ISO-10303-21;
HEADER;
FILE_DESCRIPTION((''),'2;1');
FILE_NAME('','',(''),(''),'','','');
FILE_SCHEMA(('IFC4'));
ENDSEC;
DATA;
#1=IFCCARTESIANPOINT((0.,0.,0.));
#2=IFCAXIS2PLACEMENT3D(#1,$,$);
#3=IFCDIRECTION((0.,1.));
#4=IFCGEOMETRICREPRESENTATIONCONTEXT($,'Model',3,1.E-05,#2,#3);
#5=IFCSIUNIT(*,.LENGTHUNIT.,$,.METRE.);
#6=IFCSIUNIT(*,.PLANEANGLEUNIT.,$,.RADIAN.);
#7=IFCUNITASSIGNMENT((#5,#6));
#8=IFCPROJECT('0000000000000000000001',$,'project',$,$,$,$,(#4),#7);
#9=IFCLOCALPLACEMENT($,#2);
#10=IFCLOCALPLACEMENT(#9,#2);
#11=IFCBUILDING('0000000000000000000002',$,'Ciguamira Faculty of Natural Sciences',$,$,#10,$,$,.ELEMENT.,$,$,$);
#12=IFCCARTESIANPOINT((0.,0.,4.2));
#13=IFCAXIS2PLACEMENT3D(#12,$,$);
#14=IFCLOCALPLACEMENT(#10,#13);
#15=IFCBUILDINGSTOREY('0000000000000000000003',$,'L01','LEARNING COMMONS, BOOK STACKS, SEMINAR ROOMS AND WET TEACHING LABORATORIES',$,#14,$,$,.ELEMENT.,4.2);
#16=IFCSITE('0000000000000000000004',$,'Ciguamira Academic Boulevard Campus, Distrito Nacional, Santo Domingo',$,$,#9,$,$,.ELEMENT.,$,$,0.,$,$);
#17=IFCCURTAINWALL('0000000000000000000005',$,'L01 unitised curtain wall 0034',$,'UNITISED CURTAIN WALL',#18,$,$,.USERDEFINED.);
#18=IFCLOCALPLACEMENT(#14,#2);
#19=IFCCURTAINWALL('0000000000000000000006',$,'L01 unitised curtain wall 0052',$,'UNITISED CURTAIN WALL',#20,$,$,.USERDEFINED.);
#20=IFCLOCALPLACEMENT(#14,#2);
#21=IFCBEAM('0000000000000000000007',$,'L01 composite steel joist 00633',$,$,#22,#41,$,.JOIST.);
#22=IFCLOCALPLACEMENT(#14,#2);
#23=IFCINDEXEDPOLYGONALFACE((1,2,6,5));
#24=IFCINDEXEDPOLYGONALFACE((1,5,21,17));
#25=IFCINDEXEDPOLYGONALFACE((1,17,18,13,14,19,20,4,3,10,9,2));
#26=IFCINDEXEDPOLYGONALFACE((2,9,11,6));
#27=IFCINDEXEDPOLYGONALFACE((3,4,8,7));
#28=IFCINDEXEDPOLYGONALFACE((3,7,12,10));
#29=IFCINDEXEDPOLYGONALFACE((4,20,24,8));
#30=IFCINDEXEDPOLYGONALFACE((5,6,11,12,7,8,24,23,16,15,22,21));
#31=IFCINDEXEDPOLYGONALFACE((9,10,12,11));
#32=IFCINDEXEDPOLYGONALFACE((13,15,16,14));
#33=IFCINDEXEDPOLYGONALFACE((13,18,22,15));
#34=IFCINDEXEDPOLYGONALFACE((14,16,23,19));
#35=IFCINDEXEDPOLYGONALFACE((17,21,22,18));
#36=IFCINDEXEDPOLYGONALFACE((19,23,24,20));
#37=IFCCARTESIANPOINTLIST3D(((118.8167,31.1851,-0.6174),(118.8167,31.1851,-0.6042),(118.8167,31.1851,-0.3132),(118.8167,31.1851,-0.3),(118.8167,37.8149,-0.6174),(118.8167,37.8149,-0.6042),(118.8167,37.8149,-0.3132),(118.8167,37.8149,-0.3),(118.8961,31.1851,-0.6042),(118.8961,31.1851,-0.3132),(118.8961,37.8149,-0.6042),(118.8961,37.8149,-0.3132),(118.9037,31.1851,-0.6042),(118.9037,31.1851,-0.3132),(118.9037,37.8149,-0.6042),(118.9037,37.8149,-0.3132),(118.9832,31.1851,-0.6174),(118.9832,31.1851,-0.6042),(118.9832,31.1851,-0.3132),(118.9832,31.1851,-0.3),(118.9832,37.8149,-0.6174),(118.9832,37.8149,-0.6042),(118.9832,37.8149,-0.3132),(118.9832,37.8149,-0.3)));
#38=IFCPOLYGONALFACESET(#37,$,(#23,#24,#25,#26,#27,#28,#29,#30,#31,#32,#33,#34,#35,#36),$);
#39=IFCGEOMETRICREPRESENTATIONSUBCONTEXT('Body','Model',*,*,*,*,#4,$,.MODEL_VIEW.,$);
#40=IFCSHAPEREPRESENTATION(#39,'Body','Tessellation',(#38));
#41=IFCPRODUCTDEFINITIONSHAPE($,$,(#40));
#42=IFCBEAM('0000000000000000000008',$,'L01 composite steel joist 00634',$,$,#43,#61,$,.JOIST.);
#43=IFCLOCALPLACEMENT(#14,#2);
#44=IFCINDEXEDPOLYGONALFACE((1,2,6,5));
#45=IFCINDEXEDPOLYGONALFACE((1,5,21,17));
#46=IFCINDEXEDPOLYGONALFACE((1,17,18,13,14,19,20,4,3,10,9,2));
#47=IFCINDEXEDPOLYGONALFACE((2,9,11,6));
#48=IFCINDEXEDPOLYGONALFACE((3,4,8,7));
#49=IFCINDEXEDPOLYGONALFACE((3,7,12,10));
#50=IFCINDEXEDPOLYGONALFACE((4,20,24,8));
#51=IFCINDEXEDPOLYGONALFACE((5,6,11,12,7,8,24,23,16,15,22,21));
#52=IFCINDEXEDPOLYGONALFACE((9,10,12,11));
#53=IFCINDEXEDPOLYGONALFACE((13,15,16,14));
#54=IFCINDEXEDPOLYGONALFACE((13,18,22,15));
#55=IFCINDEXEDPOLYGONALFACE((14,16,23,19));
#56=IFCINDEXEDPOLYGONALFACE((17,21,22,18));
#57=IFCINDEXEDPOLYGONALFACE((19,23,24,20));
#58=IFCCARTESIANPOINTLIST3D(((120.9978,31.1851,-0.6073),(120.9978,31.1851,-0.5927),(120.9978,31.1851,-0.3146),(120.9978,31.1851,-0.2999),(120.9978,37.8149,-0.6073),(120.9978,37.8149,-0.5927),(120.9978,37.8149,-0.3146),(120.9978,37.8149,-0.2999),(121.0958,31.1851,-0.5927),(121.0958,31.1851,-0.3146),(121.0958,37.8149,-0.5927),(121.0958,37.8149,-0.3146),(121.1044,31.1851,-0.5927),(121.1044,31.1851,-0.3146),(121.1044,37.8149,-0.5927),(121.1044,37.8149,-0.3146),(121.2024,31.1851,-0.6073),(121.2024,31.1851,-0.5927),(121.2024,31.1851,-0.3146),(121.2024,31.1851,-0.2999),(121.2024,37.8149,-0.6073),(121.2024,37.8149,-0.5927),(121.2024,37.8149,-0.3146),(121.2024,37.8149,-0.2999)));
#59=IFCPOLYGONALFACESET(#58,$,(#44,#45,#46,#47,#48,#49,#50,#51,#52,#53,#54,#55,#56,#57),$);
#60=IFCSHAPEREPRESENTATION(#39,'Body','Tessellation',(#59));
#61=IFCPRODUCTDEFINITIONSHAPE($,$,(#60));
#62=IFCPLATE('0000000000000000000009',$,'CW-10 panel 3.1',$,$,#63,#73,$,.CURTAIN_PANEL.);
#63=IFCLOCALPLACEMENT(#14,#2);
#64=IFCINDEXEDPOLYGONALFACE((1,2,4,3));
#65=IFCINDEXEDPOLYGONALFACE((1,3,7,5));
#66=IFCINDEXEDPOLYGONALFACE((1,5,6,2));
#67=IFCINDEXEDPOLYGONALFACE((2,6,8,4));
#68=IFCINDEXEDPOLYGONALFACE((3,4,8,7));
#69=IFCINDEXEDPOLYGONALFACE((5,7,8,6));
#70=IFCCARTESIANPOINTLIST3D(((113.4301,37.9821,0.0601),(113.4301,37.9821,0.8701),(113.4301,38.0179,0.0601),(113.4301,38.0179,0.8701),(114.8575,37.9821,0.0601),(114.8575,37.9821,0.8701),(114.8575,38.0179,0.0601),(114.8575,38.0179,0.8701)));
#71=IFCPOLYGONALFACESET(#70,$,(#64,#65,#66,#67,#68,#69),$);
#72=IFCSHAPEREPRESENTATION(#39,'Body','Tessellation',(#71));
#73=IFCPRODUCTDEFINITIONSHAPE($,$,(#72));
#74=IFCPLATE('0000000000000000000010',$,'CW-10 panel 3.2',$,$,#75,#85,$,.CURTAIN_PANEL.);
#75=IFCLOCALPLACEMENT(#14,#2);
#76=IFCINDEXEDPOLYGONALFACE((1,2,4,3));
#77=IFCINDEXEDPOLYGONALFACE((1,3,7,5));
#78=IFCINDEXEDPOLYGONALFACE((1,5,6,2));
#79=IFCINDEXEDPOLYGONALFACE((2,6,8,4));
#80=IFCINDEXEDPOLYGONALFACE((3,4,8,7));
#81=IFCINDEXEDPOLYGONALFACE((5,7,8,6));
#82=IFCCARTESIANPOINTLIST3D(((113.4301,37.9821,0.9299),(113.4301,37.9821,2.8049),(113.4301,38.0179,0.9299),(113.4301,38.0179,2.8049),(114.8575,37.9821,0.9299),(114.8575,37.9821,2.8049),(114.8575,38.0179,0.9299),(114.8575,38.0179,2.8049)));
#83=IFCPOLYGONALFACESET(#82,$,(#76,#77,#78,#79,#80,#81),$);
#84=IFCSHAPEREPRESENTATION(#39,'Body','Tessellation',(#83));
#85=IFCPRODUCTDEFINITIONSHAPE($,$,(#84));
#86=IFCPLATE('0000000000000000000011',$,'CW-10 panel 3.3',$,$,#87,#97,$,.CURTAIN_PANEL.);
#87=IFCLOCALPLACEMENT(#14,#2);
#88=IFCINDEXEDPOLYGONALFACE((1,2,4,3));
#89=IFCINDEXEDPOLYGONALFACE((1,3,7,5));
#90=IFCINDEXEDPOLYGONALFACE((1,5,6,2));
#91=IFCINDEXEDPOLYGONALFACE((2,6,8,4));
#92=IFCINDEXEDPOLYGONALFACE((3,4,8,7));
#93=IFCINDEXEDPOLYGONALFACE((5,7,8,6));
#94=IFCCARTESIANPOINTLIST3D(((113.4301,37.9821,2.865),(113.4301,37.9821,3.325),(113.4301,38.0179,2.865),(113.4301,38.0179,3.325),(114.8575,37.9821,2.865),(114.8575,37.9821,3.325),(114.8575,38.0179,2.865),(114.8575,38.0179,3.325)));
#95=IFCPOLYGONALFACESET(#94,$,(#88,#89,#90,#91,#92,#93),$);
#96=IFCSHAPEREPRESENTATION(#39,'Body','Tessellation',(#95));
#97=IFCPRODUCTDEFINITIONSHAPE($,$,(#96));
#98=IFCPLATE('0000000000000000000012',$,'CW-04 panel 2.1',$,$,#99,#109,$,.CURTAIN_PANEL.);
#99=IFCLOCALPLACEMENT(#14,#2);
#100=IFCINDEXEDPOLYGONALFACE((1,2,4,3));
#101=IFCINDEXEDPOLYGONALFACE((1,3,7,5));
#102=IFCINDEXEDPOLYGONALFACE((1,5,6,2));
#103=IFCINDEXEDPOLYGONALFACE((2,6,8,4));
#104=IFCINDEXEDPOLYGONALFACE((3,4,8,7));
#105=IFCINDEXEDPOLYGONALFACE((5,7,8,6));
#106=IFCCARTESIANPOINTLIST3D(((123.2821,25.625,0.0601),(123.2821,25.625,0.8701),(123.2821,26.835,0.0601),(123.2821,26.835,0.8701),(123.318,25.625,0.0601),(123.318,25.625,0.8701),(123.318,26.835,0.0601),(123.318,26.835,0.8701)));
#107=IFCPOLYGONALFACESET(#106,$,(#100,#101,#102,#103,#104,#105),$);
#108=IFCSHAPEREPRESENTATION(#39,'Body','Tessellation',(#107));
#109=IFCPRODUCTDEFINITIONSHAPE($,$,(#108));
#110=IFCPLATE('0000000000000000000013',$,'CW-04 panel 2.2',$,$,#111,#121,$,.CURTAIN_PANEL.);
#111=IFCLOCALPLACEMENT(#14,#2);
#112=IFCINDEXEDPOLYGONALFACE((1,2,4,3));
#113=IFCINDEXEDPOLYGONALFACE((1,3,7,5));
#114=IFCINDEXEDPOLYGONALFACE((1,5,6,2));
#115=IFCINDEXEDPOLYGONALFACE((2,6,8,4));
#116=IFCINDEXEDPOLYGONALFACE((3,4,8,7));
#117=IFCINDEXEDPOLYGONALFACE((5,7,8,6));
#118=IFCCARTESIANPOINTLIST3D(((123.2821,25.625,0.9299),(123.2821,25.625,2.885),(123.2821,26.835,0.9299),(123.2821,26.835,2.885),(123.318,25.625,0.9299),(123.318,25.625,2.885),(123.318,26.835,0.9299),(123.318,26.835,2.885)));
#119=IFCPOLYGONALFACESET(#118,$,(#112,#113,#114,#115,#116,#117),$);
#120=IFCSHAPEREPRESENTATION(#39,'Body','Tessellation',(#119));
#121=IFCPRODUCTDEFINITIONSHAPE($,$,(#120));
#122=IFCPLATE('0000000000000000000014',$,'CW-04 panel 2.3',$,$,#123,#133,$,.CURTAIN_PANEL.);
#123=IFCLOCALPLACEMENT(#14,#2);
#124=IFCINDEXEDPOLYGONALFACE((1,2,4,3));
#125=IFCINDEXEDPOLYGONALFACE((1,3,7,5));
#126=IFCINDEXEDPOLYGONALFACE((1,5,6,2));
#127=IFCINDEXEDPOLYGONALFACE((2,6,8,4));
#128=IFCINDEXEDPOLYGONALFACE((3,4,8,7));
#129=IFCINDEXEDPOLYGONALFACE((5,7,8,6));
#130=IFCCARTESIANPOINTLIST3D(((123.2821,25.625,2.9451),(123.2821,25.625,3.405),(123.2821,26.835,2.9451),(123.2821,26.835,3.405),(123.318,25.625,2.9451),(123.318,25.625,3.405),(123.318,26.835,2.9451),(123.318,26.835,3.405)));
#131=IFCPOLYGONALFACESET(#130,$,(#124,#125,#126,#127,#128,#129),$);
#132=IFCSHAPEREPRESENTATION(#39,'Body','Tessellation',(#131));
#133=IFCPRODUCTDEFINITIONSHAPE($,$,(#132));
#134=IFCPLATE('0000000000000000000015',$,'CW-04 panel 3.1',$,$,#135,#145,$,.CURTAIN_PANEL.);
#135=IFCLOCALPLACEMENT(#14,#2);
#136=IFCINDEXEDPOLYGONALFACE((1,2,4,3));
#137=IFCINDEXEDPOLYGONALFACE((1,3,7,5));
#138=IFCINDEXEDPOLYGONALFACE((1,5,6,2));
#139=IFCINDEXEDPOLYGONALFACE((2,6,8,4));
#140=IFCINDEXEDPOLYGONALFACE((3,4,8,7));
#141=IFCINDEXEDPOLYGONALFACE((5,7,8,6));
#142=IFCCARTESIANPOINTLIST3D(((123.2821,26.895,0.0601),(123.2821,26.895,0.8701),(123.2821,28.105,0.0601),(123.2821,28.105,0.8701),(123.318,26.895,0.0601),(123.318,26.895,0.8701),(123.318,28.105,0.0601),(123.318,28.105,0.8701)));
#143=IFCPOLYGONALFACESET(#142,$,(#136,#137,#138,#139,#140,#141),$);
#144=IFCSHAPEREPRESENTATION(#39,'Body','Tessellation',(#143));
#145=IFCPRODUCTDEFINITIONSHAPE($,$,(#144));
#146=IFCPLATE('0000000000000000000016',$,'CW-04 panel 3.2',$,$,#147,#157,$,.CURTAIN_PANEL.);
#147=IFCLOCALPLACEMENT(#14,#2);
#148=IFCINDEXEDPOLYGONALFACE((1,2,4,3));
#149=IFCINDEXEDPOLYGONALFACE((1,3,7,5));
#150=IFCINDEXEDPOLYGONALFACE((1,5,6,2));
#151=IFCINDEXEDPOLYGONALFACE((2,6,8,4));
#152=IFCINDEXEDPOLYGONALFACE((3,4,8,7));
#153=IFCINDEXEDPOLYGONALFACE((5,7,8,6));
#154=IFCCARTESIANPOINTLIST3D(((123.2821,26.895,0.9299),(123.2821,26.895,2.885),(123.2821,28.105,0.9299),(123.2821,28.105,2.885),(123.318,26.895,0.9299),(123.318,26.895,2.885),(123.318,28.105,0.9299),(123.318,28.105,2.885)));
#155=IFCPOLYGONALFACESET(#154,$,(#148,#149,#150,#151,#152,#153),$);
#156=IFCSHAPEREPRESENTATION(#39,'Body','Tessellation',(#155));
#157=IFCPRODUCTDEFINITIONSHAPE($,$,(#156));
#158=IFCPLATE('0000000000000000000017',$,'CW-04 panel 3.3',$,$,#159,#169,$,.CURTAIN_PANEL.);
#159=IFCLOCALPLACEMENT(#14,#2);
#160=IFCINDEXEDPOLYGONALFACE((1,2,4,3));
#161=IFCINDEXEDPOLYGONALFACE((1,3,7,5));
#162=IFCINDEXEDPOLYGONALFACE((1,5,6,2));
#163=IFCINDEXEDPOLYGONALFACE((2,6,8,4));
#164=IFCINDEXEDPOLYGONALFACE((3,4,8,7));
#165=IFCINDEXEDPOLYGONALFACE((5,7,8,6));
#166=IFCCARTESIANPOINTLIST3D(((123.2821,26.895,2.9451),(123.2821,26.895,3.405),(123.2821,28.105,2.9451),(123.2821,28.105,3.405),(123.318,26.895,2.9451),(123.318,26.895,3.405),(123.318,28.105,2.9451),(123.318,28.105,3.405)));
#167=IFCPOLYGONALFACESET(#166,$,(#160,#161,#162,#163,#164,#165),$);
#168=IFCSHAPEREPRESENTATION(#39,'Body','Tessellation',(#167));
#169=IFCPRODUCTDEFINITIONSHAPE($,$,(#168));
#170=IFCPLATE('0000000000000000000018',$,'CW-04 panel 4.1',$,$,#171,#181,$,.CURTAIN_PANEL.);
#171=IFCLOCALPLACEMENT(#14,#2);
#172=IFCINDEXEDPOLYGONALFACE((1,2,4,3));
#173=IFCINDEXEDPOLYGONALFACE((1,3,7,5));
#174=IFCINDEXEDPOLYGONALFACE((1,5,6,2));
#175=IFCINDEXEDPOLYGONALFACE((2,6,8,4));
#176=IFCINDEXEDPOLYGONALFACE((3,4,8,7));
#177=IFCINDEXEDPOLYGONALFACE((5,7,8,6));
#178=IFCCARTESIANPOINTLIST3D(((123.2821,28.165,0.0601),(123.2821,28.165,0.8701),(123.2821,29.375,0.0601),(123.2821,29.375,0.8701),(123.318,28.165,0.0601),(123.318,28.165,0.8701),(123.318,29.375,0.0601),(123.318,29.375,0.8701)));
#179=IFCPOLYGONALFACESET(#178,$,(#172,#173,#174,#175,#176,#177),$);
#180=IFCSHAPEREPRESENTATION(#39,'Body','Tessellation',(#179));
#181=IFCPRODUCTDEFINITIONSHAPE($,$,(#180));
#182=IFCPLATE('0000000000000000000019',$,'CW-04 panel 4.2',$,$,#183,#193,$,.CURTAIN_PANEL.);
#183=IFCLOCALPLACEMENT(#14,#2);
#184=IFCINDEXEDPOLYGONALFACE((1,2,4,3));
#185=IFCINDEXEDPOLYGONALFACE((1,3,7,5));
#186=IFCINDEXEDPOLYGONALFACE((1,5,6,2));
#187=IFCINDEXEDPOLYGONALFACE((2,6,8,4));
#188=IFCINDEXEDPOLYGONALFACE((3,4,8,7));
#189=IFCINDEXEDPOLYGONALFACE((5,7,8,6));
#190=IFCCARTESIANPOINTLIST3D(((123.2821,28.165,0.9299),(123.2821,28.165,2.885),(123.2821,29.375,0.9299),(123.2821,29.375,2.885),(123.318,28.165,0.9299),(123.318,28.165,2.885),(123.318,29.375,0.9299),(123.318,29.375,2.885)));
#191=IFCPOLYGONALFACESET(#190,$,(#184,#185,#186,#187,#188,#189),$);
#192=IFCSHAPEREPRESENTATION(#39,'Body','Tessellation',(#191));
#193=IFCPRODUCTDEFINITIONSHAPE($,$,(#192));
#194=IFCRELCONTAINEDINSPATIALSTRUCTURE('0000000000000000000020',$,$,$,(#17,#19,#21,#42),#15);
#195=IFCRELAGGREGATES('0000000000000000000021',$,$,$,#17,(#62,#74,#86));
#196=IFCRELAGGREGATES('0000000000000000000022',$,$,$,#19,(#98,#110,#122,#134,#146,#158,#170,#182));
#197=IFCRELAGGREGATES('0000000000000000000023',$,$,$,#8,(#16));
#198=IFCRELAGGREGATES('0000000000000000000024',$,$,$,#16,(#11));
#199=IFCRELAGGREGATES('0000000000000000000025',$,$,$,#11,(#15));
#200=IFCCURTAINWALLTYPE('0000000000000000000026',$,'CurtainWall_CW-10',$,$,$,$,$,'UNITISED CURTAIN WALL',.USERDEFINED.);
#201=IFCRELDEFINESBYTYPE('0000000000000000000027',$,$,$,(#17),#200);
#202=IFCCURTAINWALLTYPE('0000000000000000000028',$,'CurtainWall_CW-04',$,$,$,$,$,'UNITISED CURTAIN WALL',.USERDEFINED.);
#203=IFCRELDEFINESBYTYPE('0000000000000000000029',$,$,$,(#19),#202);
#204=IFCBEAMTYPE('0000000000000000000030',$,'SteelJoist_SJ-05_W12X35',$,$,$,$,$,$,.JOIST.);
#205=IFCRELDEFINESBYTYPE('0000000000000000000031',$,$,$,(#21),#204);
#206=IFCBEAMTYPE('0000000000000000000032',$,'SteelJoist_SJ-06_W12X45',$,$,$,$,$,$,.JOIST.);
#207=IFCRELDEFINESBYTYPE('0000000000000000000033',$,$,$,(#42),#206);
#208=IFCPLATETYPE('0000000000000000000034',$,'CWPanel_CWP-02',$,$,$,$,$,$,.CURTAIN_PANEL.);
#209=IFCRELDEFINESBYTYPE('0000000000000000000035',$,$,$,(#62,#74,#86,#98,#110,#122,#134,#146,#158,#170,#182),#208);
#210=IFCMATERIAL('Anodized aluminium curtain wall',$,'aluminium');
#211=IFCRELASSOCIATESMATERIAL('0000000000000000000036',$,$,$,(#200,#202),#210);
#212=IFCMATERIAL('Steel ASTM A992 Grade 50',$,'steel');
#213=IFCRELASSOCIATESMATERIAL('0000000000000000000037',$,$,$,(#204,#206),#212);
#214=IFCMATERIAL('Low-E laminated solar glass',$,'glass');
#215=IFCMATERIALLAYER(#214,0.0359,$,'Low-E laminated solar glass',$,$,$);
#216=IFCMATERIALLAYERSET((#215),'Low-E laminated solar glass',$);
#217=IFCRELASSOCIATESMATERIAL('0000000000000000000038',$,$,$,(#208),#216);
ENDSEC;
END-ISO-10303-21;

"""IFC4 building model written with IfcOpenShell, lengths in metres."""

from ifc_helpers import new_model, si_unit, direction, frame, origin, origin_2d, place, context, subcontext, project, spatial, rectangle, i_section, extrude, material, layer, layer_set, material_profile, profile_set, type_object, element, aggregate, save


model = new_model("IFC4")

# Units and contexts
model_context = context("Model", 3, precision=1e-05, world=origin(), true_north=direction((0.0, 1.0)))
body_context = subcontext(model_context, "Body", "Model", "MODEL_VIEW")
ifc_project = project(units=[si_unit("LENGTHUNIT", "METRE"), si_unit("PLANEANGLEUNIT", "RADIAN")], contexts=[model_context])

# Site, building, storey
site_placement = place(None, origin())
site = spatial("IfcSite", under=ifc_project, at=site_placement, Name="Ciguamira Academic Boulevard Campus, Distrito Nacional, Santo Domingo", CompositionType="ELEMENT", RefElevation=0.0)
building_placement = place(site_placement, origin())
building = spatial("IfcBuilding", under=site, at=building_placement, Name="Ciguamira Faculty of Natural Sciences", CompositionType="ELEMENT")
storey_placement = place(building_placement, frame((0.0, 0.0, 4.2)))
storey = spatial("IfcBuildingStorey", under=building, at=storey_placement, Name="L01", Description="LEARNING COMMONS, BOOK STACKS, SEMINAR ROOMS AND WET TEACHING LABORATORIES", CompositionType="ELEMENT", Elevation=4.2)

# Curtain wall
ifc_material_1 = material(Name="Anodized aluminium curtain wall", Category="aluminium")
curtain_wall_type_1 = type_object("IfcCurtainWallType", Name="CurtainWall_CW-10", ElementType="UNITISED CURTAIN WALL", PredefinedType="USERDEFINED", material=ifc_material_1)
curtain_wall_1_placement = place(storey_placement, origin())
curtain_wall_1 = element("IfcCurtainWall", 1, at=curtain_wall_1_placement, inside=storey, type_object=curtain_wall_type_1, Name="L01 unitised curtain wall 0034", ObjectType="UNITISED CURTAIN WALL", PredefinedType="USERDEFINED")

# Curtain wall
curtain_wall_type_2 = type_object("IfcCurtainWallType", Name="CurtainWall_CW-04", ElementType="UNITISED CURTAIN WALL", PredefinedType="USERDEFINED", material=ifc_material_1)
curtain_wall_2_placement = place(storey_placement, origin())
curtain_wall_2 = element("IfcCurtainWall", 2, at=curtain_wall_2_placement, inside=storey, type_object=curtain_wall_type_2, Name="L01 unitised curtain wall 0052", ObjectType="UNITISED CURTAIN WALL", PredefinedType="USERDEFINED")

# Beams
ifc_material_2 = material(Name="Steel ASTM A992 Grade 50", Category="steel")
ifc_material_profile_1 = material_profile(ifc_material_2, i_section(OverallWidth=0.1665, OverallDepth=0.3174, WebThickness=0.0076, FlangeThickness=0.0132, at=origin_2d()), Name="W12X35")
ifc_profile_set_1 = profile_set([ifc_material_profile_1], Name="Steel ASTM A992 Grade 50")
beam_type_1 = type_object("IfcBeamType", Name="SteelJoist_SJ-05_W12X35", PredefinedType="JOIST", material=ifc_profile_set_1)
beam_1_placement = place(storey_placement, frame((118.8999, 31.1851, -0.4587), z_axis=(0.0, 1.0, 0.0), x_axis=(-1.0, 0.0, 0.0)))
element("IfcBeam", 3, at=beam_1_placement, inside=storey, type_object=beam_type_1, Name="L01 composite steel joist 00633", PredefinedType="JOIST", context=body_context, shape_type="SweptSolid", body=[
    extrude(i_section(OverallWidth=0.1665, OverallDepth=0.3174, WebThickness=0.0076, FlangeThickness=0.0132, at=origin_2d()), origin(), (0.0, 0.0, 1.0), 6.6299),
])
ifc_material_profile_2 = material_profile(ifc_material_2, i_section(OverallWidth=0.2046, OverallDepth=0.3074, WebThickness=0.0085, FlangeThickness=0.0146, at=origin_2d()), Name="W12X45")
ifc_profile_set_2 = profile_set([ifc_material_profile_2], Name="Steel ASTM A992 Grade 50")
beam_type_2 = type_object("IfcBeamType", Name="SteelJoist_SJ-06_W12X45", PredefinedType="JOIST", material=ifc_profile_set_2)
beam_2_placement = place(storey_placement, frame((121.1001, 31.1851, -0.4536), z_axis=(0.0, 1.0, 0.0), x_axis=(-1.0, 0.0, 0.0)))
element("IfcBeam", 4, at=beam_2_placement, inside=storey, type_object=beam_type_2, Name="L01 composite steel joist 00634", PredefinedType="JOIST", context=body_context, shape_type="SweptSolid", body=[
    extrude(i_section(OverallWidth=0.2046, OverallDepth=0.3074, WebThickness=0.0085, FlangeThickness=0.0146, at=origin_2d()), origin(), (0.0, 0.0, 1.0), 6.6299),
])

# Plates
ifc_material_3 = material(Name="Low-E laminated solar glass", Category="glass")
ifc_layer = layer(ifc_material_3, 0.0359, Name="Low-E laminated solar glass")
ifc_layer_set = layer_set([ifc_layer], Name="Low-E laminated solar glass")
plate_type = type_object("IfcPlateType", Name="CWPanel_CWP-02", PredefinedType="CURTAIN_PANEL", material=ifc_layer_set)
plate_1_placement = place(storey_placement, frame((114.1438, 38.0, 0.0601), z_axis=(0.0, 0.0, 1.0), x_axis=(1.0, 0.0, 0.0)))
plate_1 = element("IfcPlate", 5, at=plate_1_placement, type_object=plate_type, Name="CW-10 panel 3.1", PredefinedType="CURTAIN_PANEL", context=body_context, shape_type="SweptSolid", body=[
    extrude(rectangle(XDim=1.4275, YDim=0.0359, at=origin_2d()), origin(), (0.0, 0.0, 1.0), 0.8101),
])
plate_2_placement = place(storey_placement, frame((114.1438, 38.0, 0.9299), z_axis=(0.0, 0.0, 1.0), x_axis=(1.0, 0.0, 0.0)))
plate_2 = element("IfcPlate", 6, at=plate_2_placement, type_object=plate_type, Name="CW-10 panel 3.2", PredefinedType="CURTAIN_PANEL", context=body_context, shape_type="SweptSolid", body=[
    extrude(rectangle(XDim=1.4275, YDim=0.0359, at=origin_2d()), origin(), (0.0, 0.0, 1.0), 1.875),
])
plate_3_placement = place(storey_placement, frame((114.1438, 38.0, 2.865), z_axis=(0.0, 0.0, 1.0), x_axis=(1.0, 0.0, 0.0)))
plate_3 = element("IfcPlate", 7, at=plate_3_placement, type_object=plate_type, Name="CW-10 panel 3.3", PredefinedType="CURTAIN_PANEL", context=body_context, shape_type="SweptSolid", body=[
    extrude(rectangle(XDim=1.4275, YDim=0.0359, at=origin_2d()), origin(), (0.0, 0.0, 1.0), 0.46),
])
aggregate(curtain_wall_1, [plate_1, plate_2, plate_3])
plate_4_placement = place(storey_placement, frame((123.3, 26.23, 0.0601), z_axis=(0.0, 0.0, 1.0), x_axis=(0.0, 1.0, 0.0)))
plate_4 = element("IfcPlate", 8, at=plate_4_placement, type_object=plate_type, Name="CW-04 panel 2.1", PredefinedType="CURTAIN_PANEL", context=body_context, shape_type="SweptSolid", body=[
    extrude(rectangle(XDim=1.21, YDim=0.0359, at=origin_2d()), origin(), (0.0, 0.0, 1.0), 0.8101),
])
plate_5_placement = place(storey_placement, frame((123.3, 26.23, 0.9299), z_axis=(0.0, 0.0, 1.0), x_axis=(0.0, 1.0, 0.0)))
plate_5 = element("IfcPlate", 9, at=plate_5_placement, type_object=plate_type, Name="CW-04 panel 2.2", PredefinedType="CURTAIN_PANEL", context=body_context, shape_type="SweptSolid", body=[
    extrude(rectangle(XDim=1.21, YDim=0.0359, at=origin_2d()), origin(), (0.0, 0.0, 1.0), 1.9551),
])
plate_6_placement = place(storey_placement, frame((123.3, 26.23, 2.9451), z_axis=(0.0, 0.0, 1.0), x_axis=(0.0, 1.0, 0.0)))
plate_6 = element("IfcPlate", 10, at=plate_6_placement, type_object=plate_type, Name="CW-04 panel 2.3", PredefinedType="CURTAIN_PANEL", context=body_context, shape_type="SweptSolid", body=[
    extrude(rectangle(XDim=1.21, YDim=0.0359, at=origin_2d()), origin(), (0.0, 0.0, 1.0), 0.46),
])
plate_7_placement = place(storey_placement, frame((123.3, 27.5, 0.0601), z_axis=(0.0, 0.0, 1.0), x_axis=(0.0, 1.0, 0.0)))
plate_7 = element("IfcPlate", 11, at=plate_7_placement, type_object=plate_type, Name="CW-04 panel 3.1", PredefinedType="CURTAIN_PANEL", context=body_context, shape_type="SweptSolid", body=[
    extrude(rectangle(XDim=1.21, YDim=0.0359, at=origin_2d()), origin(), (0.0, 0.0, 1.0), 0.8101),
])
plate_8_placement = place(storey_placement, frame((123.3, 27.5, 0.9299), z_axis=(0.0, 0.0, 1.0), x_axis=(0.0, 1.0, 0.0)))
plate_8 = element("IfcPlate", 12, at=plate_8_placement, type_object=plate_type, Name="CW-04 panel 3.2", PredefinedType="CURTAIN_PANEL", context=body_context, shape_type="SweptSolid", body=[
    extrude(rectangle(XDim=1.21, YDim=0.0359, at=origin_2d()), origin(), (0.0, 0.0, 1.0), 1.9551),
])
plate_9_placement = place(storey_placement, frame((123.3, 27.5, 2.9451), z_axis=(0.0, 0.0, 1.0), x_axis=(0.0, 1.0, 0.0)))
plate_9 = element("IfcPlate", 13, at=plate_9_placement, type_object=plate_type, Name="CW-04 panel 3.3", PredefinedType="CURTAIN_PANEL", context=body_context, shape_type="SweptSolid", body=[
    extrude(rectangle(XDim=1.21, YDim=0.0359, at=origin_2d()), origin(), (0.0, 0.0, 1.0), 0.46),
])
plate_10_placement = place(storey_placement, frame((123.3, 28.77, 0.0601), z_axis=(0.0, 0.0, 1.0), x_axis=(0.0, 1.0, 0.0)))
plate_10 = element("IfcPlate", 14, at=plate_10_placement, type_object=plate_type, Name="CW-04 panel 4.1", PredefinedType="CURTAIN_PANEL", context=body_context, shape_type="SweptSolid", body=[
    extrude(rectangle(XDim=1.21, YDim=0.0359, at=origin_2d()), origin(), (0.0, 0.0, 1.0), 0.8101),
])
plate_11_placement = place(storey_placement, frame((123.3, 28.77, 0.9299), z_axis=(0.0, 0.0, 1.0), x_axis=(0.0, 1.0, 0.0)))
plate_11 = element("IfcPlate", 15, at=plate_11_placement, type_object=plate_type, Name="CW-04 panel 4.2", PredefinedType="CURTAIN_PANEL", context=body_context, shape_type="SweptSolid", body=[
    extrude(rectangle(XDim=1.21, YDim=0.0359, at=origin_2d()), origin(), (0.0, 0.0, 1.0), 1.9551),
])
aggregate(curtain_wall_2, [plate_4, plate_5, plate_6, plate_7, plate_8, plate_9, plate_10, plate_11])

save(model, "model.ifc")
